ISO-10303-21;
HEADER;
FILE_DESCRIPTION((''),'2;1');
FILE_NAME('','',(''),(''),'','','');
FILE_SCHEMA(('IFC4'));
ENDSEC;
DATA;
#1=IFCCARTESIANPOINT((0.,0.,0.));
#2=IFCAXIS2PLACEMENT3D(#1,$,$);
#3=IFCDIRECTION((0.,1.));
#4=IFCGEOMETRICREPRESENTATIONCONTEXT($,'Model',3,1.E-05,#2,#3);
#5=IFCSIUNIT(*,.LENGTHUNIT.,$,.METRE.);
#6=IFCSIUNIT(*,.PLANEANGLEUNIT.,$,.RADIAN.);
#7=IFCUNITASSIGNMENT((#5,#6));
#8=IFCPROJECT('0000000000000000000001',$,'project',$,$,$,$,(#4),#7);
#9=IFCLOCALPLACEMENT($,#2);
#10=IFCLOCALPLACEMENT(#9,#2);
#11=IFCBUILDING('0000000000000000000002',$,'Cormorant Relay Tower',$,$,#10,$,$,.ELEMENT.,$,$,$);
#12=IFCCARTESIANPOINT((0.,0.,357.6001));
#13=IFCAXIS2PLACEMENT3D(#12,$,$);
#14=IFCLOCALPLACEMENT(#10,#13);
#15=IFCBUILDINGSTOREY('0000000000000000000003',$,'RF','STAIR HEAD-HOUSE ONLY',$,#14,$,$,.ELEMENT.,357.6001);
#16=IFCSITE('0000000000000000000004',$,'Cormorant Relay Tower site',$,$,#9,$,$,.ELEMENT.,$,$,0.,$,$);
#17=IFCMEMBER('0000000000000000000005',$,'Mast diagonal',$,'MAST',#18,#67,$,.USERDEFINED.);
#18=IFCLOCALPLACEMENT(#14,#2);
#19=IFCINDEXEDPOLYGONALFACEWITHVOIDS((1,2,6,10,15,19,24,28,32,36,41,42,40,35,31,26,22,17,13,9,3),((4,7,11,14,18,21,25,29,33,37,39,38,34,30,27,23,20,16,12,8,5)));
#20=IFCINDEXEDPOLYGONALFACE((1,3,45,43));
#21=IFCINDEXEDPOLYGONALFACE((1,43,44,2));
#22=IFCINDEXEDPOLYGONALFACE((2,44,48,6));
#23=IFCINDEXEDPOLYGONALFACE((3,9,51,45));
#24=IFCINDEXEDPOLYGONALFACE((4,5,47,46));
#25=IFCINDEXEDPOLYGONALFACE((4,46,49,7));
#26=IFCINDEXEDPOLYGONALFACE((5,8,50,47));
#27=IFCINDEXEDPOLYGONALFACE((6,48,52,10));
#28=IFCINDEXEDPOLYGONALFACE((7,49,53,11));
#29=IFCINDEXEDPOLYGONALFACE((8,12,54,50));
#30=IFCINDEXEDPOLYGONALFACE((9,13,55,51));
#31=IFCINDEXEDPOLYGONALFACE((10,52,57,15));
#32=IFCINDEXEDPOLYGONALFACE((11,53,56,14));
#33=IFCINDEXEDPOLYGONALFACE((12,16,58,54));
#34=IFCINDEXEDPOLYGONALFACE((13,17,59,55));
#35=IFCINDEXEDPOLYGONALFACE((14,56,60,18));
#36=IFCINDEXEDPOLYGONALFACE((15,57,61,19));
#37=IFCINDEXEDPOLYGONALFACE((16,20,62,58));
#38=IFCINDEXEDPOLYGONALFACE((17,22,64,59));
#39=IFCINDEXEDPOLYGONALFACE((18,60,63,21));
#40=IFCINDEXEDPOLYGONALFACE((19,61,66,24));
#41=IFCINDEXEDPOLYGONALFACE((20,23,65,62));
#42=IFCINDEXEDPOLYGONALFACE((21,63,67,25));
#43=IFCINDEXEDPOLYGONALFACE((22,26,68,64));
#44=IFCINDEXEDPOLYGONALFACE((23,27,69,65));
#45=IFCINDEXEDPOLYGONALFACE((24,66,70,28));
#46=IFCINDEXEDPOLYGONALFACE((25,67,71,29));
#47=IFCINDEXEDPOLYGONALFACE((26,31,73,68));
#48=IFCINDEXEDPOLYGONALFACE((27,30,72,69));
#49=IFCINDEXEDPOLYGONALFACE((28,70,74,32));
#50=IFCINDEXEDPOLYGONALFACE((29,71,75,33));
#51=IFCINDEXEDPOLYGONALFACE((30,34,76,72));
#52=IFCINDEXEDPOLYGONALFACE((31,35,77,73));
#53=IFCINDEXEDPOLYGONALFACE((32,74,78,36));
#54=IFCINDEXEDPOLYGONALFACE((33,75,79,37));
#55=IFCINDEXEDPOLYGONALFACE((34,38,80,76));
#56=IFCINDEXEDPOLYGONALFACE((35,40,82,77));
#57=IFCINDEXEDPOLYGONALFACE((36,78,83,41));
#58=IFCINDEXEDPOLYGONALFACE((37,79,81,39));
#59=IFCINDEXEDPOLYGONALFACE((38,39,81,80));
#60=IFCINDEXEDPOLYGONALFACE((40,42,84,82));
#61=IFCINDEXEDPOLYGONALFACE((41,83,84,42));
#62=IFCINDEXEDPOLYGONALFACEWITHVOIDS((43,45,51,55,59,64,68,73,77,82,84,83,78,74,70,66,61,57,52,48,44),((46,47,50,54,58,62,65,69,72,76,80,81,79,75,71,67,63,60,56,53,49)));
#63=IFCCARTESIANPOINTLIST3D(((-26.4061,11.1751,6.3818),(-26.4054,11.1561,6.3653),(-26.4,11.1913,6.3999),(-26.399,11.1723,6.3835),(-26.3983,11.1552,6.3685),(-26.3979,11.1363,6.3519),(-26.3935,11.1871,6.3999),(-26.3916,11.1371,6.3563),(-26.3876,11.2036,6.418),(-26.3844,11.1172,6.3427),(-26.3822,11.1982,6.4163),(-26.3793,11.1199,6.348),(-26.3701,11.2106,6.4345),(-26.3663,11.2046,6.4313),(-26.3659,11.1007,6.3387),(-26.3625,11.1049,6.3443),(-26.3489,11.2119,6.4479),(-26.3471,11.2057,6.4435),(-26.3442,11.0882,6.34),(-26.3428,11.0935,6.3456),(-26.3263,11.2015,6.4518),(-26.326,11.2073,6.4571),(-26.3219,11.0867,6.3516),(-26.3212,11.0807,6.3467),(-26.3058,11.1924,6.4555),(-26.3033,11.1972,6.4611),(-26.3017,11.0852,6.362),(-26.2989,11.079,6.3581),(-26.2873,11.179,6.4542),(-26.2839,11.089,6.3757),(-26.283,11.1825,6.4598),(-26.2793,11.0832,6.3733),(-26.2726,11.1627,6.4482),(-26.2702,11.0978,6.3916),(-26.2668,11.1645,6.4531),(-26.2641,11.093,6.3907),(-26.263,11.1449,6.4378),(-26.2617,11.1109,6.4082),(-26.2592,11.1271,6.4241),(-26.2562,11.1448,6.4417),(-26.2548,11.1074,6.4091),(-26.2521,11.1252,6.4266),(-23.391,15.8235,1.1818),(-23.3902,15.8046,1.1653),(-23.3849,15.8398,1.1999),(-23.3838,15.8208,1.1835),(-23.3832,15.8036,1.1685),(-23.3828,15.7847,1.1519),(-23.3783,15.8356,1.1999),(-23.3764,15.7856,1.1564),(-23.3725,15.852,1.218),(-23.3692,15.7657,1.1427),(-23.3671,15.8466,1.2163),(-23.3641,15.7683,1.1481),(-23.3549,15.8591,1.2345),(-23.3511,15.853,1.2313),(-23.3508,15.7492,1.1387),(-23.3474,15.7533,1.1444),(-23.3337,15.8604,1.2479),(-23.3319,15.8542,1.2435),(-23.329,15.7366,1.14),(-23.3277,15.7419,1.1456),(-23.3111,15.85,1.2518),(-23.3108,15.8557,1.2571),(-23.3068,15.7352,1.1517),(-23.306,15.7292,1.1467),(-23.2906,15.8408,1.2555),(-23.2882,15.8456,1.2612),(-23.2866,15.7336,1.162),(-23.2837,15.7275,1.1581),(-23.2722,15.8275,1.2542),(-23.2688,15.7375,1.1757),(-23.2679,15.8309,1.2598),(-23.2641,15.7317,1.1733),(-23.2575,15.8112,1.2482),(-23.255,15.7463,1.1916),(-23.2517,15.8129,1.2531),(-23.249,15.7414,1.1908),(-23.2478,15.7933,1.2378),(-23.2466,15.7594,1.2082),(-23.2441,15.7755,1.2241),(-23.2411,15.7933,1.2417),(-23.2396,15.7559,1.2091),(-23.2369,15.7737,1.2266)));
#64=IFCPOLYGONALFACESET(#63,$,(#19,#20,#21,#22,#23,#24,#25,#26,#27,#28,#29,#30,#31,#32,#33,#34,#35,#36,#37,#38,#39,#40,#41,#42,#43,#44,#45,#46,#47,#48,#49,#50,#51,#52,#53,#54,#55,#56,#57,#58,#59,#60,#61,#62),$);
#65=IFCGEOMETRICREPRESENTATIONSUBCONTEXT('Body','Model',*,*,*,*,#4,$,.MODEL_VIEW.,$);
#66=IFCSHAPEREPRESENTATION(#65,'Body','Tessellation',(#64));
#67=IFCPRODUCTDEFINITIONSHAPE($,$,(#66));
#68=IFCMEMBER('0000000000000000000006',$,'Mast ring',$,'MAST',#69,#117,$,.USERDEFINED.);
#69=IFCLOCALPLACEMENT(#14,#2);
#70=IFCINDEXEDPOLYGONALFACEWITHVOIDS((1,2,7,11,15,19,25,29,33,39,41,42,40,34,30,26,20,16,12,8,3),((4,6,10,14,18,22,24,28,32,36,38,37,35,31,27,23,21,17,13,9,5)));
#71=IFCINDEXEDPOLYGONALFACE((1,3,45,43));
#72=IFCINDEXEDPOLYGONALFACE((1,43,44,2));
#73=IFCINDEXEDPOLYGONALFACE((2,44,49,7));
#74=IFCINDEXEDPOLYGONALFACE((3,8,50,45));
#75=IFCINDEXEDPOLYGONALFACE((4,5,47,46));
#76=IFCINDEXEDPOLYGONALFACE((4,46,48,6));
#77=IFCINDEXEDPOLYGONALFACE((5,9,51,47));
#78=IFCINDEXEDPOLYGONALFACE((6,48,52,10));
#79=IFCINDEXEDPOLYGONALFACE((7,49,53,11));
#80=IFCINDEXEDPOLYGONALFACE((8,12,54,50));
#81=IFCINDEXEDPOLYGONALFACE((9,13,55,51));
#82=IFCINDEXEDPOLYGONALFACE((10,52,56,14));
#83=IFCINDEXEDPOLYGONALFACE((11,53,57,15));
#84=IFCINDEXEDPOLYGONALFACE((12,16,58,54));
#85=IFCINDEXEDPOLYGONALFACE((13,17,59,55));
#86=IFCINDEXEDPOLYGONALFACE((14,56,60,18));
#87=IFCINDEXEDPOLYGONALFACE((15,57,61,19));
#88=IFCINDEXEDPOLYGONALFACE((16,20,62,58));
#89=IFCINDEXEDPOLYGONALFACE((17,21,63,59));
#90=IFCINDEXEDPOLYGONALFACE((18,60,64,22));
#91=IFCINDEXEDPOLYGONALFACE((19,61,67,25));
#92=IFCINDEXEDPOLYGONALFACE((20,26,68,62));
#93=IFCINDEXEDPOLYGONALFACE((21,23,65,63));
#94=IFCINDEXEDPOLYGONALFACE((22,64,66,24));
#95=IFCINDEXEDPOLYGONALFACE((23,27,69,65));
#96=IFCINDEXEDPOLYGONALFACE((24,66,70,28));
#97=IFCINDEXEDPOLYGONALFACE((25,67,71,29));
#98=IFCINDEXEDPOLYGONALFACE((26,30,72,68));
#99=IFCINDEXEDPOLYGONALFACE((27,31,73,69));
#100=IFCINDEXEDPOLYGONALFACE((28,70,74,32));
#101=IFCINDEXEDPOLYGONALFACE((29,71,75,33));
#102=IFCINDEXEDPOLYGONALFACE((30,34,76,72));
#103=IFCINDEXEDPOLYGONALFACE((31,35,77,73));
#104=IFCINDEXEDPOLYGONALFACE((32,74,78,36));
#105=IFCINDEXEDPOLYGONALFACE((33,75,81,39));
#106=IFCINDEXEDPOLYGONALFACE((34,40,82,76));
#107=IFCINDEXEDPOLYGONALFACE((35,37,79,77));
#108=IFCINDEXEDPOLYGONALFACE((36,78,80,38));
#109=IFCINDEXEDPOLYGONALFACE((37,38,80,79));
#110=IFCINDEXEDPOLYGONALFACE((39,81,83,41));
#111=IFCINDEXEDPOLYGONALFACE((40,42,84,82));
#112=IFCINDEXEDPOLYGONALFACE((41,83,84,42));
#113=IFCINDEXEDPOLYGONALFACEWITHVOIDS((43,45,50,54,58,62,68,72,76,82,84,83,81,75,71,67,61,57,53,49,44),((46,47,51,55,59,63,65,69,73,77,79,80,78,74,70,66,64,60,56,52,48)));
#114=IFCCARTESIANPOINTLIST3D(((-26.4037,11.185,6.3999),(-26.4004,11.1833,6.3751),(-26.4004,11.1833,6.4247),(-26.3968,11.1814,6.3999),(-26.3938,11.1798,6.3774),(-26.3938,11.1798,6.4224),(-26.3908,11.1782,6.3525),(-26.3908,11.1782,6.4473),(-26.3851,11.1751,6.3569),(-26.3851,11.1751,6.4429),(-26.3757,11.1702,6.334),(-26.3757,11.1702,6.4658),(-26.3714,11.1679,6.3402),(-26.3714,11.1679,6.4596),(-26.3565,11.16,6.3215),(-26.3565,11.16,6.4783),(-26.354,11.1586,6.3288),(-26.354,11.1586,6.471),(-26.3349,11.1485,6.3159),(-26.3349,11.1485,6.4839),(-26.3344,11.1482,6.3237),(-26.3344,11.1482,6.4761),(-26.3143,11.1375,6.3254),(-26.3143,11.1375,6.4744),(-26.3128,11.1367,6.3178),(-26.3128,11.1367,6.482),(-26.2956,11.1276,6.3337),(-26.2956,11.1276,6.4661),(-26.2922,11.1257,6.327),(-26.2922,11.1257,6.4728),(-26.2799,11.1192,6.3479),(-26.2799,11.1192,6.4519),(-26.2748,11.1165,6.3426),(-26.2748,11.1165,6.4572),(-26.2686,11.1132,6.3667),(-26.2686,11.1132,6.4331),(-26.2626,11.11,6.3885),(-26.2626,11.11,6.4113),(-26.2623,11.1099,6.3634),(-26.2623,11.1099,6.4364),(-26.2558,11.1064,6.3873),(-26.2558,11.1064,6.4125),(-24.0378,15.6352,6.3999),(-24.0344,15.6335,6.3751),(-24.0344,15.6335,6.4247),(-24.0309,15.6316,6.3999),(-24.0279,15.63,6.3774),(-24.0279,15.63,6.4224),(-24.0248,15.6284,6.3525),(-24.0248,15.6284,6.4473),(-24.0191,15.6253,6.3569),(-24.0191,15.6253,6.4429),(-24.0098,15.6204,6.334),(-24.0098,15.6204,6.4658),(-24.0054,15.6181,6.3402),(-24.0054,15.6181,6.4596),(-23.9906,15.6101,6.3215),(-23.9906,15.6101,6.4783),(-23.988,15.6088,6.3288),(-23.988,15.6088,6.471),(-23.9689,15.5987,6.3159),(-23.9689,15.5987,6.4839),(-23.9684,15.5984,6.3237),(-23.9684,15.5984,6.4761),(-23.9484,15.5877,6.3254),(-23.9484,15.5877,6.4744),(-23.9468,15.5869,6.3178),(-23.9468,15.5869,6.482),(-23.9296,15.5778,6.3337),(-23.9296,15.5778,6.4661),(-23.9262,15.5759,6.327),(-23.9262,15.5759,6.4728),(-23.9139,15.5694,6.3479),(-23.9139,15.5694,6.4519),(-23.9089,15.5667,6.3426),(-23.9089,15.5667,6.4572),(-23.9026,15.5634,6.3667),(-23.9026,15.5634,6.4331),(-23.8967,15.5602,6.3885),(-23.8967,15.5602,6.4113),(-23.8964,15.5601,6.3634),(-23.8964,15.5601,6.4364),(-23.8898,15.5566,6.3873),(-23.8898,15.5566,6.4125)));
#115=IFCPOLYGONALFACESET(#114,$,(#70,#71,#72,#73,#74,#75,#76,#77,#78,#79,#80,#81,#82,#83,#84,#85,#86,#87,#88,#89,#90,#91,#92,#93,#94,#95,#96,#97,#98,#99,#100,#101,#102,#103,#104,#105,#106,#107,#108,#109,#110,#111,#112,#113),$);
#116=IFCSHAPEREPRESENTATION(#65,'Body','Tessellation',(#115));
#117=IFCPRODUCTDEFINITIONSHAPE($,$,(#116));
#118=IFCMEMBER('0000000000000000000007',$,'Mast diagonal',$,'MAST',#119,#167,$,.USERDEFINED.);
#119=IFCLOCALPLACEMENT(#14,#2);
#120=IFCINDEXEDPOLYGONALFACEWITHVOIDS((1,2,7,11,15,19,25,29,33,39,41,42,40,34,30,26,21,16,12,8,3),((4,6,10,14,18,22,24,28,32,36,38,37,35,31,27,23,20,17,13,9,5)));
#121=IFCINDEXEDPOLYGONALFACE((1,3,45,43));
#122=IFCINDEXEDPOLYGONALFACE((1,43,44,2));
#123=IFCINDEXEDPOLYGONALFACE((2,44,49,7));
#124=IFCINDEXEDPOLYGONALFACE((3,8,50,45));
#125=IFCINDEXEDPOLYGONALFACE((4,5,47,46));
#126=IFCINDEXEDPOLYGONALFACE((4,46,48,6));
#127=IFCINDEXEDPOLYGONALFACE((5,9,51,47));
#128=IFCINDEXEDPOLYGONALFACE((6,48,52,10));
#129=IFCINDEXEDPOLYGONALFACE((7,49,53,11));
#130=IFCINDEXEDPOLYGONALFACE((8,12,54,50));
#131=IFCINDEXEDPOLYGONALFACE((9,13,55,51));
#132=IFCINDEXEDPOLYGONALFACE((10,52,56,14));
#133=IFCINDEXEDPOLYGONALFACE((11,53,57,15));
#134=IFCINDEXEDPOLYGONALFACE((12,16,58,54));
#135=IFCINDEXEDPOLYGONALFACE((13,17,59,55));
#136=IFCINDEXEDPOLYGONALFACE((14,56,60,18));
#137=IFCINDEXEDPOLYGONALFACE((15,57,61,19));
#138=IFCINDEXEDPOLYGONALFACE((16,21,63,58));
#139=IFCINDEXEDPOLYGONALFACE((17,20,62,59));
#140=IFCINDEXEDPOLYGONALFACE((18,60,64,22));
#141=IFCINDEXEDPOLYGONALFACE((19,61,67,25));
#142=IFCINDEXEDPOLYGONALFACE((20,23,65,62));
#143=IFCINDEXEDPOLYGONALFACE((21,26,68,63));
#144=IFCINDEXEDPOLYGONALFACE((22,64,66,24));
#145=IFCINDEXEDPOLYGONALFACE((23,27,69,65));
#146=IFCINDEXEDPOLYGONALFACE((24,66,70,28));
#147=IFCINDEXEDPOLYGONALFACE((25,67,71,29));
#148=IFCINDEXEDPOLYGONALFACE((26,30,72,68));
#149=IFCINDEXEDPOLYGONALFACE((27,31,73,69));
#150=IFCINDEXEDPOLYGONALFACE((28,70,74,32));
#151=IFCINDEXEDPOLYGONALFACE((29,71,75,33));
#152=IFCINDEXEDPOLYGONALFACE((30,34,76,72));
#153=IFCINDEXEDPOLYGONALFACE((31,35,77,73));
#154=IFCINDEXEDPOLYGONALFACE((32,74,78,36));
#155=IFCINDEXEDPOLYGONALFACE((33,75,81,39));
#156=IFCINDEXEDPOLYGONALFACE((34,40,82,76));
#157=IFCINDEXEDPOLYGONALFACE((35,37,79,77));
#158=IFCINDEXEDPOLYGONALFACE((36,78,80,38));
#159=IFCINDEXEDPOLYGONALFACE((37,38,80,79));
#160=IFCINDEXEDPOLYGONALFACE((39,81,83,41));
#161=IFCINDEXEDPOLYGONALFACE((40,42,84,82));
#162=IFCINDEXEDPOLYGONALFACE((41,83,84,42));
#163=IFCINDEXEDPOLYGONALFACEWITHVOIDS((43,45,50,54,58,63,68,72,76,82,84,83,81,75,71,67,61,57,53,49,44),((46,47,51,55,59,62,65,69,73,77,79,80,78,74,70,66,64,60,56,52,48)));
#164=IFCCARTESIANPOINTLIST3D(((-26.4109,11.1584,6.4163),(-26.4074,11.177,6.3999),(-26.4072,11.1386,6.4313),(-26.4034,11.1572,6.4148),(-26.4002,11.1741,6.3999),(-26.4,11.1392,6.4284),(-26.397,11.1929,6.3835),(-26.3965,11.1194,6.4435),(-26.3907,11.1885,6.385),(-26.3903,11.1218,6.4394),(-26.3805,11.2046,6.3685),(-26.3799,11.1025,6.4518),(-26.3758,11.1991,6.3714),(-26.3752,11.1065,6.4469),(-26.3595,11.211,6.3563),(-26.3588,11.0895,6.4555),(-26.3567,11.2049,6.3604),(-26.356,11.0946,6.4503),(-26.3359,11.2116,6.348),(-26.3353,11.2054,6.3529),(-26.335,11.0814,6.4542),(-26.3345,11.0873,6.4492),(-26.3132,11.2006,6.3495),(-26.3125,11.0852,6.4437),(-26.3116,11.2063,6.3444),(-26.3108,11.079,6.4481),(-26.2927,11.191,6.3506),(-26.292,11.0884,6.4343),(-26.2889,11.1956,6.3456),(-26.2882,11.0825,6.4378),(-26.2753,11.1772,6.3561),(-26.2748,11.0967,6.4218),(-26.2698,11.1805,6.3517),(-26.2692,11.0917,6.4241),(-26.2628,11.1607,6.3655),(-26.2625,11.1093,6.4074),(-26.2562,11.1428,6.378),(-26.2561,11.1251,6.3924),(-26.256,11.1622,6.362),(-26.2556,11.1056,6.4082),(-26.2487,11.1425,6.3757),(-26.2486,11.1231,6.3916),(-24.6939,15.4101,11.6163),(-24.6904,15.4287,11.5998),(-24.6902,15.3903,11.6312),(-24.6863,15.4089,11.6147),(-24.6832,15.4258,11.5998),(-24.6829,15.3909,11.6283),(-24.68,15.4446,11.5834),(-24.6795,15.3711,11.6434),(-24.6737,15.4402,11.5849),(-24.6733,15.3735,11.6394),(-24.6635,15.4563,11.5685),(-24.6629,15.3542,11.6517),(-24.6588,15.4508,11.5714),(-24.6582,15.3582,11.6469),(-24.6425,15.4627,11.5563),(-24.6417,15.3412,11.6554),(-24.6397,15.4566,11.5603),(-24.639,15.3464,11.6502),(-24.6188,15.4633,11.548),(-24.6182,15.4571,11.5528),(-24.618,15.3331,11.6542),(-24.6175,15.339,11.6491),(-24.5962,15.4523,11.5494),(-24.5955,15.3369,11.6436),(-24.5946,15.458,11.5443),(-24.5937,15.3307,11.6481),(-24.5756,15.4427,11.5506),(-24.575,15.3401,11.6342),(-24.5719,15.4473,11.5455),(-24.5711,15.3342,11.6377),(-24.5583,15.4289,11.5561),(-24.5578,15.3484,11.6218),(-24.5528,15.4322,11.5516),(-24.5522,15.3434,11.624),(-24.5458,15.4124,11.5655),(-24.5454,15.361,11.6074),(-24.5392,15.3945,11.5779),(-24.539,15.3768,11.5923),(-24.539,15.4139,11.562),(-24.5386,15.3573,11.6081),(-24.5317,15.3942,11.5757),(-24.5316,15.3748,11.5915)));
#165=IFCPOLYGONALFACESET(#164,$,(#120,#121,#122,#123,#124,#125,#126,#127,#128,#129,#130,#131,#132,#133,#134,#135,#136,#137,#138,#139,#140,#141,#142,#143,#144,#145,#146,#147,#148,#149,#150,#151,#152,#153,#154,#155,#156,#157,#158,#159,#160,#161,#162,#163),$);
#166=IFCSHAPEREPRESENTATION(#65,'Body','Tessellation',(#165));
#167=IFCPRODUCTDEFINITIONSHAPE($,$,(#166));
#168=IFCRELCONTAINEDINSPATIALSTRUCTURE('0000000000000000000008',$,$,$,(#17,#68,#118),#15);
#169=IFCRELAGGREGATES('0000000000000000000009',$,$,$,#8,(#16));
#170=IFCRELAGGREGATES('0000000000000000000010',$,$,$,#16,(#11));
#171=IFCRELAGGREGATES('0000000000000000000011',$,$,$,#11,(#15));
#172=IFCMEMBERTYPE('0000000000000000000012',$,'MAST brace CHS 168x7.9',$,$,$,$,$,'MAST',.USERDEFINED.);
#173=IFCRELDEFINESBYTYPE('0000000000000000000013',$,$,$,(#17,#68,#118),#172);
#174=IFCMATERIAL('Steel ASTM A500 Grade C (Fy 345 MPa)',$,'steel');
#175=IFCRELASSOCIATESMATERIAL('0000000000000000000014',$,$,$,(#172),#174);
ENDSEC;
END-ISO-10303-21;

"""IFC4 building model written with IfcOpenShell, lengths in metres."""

from ifc_helpers import new_model, si_unit, direction, frame, origin, origin_2d, place, context, subcontext, project, spatial, hollow_circle, extrude, material, material_profile, profile_set, type_object, element, save


model = new_model("IFC4")

# Units and contexts
model_context = context("Model", 3, precision=1e-05, world=origin(), true_north=direction((0.0, 1.0)))
body_context = subcontext(model_context, "Body", "Model", "MODEL_VIEW")
ifc_project = project(units=[si_unit("LENGTHUNIT", "METRE"), si_unit("PLANEANGLEUNIT", "RADIAN")], contexts=[model_context])

# Site, building, storey
site_placement = place(None, origin())
site = spatial("IfcSite", under=ifc_project, at=site_placement, Name="Cormorant Relay Tower site", CompositionType="ELEMENT", RefElevation=0.0)
building_placement = place(site_placement, origin())
building = spatial("IfcBuilding", under=site, at=building_placement, Name="Cormorant Relay Tower", CompositionType="ELEMENT")
storey_placement = place(building_placement, frame((0.0, 0.0, 357.6001)))
storey = spatial("IfcBuildingStorey", under=building, at=storey_placement, Name="RF", Description="STAIR HEAD-HOUSE ONLY", CompositionType="ELEMENT", Elevation=357.6001)

# Members
ifc_material_1 = material(Name="Steel ASTM A500 Grade C (Fy 345 MPa)", Category="steel")
ifc_material_profile_1 = material_profile(ifc_material_1, hollow_circle(Radius=0.0842, WallThickness=0.0078, at=origin_2d()), Name="CHS 168x7.9")
ifc_profile_set_1 = profile_set([ifc_material_profile_1], Name="Steel ASTM A500 Grade C (Fy 345 MPa)")
member_type_1 = type_object("IfcMemberType", Name="MAST brace CHS 168x7.9", ElementType="MAST", PredefinedType="USERDEFINED", material=ifc_profile_set_1)
member_1_placement = place(storey_placement, frame((-26.3293, 11.1455, 6.3999), z_axis=(0.396802, 0.61175, -0.684331), x_axis=(-0.838967, 0.544183, 0.0)))
element("IfcMember", 1, at=member_1_placement, inside=storey, type_object=member_type_1, Name="Mast diagonal", ObjectType="MAST", PredefinedType="USERDEFINED", context=body_context, shape_type="SweptSolid", body=[
    extrude(hollow_circle(Radius=0.0842, WallThickness=0.0078, at=origin_2d()), origin(), (0.0, 0.0, 1.0), 7.5986),
])
member_2_placement = place(storey_placement, frame((-26.3293, 11.1455, 6.3999), z_axis=(0.469434, 0.882968, 0.0), x_axis=(-0.882968, 0.469434, 0.0)))
element("IfcMember", 2, at=member_2_placement, inside=storey, type_object=member_type_1, Name="Mast ring", ObjectType="MAST", PredefinedType="USERDEFINED", context=body_context, shape_type="SweptSolid", body=[
    extrude(hollow_circle(Radius=0.0842, WallThickness=0.0078, at=origin_2d()), origin(), (0.0, 0.0, 1.0), 5.04),
])
member_3_placement = place(storey_placement, frame((-26.3293, 11.1455, 6.3999), z_axis=(0.247667, 0.613268, 0.750043), x_axis=(-0.927241, 0.374464, 0.0)))
element("IfcMember", 3, at=member_3_placement, inside=storey, type_object=member_type_1, Name="Mast diagonal", ObjectType="MAST", PredefinedType="USERDEFINED", context=body_context, shape_type="SweptSolid", body=[
    extrude(hollow_circle(Radius=0.0842, WallThickness=0.0078, at=origin_2d()), origin(), (0.0, 0.0, 1.0), 6.9329),
])

save(model, "model.ifc")
